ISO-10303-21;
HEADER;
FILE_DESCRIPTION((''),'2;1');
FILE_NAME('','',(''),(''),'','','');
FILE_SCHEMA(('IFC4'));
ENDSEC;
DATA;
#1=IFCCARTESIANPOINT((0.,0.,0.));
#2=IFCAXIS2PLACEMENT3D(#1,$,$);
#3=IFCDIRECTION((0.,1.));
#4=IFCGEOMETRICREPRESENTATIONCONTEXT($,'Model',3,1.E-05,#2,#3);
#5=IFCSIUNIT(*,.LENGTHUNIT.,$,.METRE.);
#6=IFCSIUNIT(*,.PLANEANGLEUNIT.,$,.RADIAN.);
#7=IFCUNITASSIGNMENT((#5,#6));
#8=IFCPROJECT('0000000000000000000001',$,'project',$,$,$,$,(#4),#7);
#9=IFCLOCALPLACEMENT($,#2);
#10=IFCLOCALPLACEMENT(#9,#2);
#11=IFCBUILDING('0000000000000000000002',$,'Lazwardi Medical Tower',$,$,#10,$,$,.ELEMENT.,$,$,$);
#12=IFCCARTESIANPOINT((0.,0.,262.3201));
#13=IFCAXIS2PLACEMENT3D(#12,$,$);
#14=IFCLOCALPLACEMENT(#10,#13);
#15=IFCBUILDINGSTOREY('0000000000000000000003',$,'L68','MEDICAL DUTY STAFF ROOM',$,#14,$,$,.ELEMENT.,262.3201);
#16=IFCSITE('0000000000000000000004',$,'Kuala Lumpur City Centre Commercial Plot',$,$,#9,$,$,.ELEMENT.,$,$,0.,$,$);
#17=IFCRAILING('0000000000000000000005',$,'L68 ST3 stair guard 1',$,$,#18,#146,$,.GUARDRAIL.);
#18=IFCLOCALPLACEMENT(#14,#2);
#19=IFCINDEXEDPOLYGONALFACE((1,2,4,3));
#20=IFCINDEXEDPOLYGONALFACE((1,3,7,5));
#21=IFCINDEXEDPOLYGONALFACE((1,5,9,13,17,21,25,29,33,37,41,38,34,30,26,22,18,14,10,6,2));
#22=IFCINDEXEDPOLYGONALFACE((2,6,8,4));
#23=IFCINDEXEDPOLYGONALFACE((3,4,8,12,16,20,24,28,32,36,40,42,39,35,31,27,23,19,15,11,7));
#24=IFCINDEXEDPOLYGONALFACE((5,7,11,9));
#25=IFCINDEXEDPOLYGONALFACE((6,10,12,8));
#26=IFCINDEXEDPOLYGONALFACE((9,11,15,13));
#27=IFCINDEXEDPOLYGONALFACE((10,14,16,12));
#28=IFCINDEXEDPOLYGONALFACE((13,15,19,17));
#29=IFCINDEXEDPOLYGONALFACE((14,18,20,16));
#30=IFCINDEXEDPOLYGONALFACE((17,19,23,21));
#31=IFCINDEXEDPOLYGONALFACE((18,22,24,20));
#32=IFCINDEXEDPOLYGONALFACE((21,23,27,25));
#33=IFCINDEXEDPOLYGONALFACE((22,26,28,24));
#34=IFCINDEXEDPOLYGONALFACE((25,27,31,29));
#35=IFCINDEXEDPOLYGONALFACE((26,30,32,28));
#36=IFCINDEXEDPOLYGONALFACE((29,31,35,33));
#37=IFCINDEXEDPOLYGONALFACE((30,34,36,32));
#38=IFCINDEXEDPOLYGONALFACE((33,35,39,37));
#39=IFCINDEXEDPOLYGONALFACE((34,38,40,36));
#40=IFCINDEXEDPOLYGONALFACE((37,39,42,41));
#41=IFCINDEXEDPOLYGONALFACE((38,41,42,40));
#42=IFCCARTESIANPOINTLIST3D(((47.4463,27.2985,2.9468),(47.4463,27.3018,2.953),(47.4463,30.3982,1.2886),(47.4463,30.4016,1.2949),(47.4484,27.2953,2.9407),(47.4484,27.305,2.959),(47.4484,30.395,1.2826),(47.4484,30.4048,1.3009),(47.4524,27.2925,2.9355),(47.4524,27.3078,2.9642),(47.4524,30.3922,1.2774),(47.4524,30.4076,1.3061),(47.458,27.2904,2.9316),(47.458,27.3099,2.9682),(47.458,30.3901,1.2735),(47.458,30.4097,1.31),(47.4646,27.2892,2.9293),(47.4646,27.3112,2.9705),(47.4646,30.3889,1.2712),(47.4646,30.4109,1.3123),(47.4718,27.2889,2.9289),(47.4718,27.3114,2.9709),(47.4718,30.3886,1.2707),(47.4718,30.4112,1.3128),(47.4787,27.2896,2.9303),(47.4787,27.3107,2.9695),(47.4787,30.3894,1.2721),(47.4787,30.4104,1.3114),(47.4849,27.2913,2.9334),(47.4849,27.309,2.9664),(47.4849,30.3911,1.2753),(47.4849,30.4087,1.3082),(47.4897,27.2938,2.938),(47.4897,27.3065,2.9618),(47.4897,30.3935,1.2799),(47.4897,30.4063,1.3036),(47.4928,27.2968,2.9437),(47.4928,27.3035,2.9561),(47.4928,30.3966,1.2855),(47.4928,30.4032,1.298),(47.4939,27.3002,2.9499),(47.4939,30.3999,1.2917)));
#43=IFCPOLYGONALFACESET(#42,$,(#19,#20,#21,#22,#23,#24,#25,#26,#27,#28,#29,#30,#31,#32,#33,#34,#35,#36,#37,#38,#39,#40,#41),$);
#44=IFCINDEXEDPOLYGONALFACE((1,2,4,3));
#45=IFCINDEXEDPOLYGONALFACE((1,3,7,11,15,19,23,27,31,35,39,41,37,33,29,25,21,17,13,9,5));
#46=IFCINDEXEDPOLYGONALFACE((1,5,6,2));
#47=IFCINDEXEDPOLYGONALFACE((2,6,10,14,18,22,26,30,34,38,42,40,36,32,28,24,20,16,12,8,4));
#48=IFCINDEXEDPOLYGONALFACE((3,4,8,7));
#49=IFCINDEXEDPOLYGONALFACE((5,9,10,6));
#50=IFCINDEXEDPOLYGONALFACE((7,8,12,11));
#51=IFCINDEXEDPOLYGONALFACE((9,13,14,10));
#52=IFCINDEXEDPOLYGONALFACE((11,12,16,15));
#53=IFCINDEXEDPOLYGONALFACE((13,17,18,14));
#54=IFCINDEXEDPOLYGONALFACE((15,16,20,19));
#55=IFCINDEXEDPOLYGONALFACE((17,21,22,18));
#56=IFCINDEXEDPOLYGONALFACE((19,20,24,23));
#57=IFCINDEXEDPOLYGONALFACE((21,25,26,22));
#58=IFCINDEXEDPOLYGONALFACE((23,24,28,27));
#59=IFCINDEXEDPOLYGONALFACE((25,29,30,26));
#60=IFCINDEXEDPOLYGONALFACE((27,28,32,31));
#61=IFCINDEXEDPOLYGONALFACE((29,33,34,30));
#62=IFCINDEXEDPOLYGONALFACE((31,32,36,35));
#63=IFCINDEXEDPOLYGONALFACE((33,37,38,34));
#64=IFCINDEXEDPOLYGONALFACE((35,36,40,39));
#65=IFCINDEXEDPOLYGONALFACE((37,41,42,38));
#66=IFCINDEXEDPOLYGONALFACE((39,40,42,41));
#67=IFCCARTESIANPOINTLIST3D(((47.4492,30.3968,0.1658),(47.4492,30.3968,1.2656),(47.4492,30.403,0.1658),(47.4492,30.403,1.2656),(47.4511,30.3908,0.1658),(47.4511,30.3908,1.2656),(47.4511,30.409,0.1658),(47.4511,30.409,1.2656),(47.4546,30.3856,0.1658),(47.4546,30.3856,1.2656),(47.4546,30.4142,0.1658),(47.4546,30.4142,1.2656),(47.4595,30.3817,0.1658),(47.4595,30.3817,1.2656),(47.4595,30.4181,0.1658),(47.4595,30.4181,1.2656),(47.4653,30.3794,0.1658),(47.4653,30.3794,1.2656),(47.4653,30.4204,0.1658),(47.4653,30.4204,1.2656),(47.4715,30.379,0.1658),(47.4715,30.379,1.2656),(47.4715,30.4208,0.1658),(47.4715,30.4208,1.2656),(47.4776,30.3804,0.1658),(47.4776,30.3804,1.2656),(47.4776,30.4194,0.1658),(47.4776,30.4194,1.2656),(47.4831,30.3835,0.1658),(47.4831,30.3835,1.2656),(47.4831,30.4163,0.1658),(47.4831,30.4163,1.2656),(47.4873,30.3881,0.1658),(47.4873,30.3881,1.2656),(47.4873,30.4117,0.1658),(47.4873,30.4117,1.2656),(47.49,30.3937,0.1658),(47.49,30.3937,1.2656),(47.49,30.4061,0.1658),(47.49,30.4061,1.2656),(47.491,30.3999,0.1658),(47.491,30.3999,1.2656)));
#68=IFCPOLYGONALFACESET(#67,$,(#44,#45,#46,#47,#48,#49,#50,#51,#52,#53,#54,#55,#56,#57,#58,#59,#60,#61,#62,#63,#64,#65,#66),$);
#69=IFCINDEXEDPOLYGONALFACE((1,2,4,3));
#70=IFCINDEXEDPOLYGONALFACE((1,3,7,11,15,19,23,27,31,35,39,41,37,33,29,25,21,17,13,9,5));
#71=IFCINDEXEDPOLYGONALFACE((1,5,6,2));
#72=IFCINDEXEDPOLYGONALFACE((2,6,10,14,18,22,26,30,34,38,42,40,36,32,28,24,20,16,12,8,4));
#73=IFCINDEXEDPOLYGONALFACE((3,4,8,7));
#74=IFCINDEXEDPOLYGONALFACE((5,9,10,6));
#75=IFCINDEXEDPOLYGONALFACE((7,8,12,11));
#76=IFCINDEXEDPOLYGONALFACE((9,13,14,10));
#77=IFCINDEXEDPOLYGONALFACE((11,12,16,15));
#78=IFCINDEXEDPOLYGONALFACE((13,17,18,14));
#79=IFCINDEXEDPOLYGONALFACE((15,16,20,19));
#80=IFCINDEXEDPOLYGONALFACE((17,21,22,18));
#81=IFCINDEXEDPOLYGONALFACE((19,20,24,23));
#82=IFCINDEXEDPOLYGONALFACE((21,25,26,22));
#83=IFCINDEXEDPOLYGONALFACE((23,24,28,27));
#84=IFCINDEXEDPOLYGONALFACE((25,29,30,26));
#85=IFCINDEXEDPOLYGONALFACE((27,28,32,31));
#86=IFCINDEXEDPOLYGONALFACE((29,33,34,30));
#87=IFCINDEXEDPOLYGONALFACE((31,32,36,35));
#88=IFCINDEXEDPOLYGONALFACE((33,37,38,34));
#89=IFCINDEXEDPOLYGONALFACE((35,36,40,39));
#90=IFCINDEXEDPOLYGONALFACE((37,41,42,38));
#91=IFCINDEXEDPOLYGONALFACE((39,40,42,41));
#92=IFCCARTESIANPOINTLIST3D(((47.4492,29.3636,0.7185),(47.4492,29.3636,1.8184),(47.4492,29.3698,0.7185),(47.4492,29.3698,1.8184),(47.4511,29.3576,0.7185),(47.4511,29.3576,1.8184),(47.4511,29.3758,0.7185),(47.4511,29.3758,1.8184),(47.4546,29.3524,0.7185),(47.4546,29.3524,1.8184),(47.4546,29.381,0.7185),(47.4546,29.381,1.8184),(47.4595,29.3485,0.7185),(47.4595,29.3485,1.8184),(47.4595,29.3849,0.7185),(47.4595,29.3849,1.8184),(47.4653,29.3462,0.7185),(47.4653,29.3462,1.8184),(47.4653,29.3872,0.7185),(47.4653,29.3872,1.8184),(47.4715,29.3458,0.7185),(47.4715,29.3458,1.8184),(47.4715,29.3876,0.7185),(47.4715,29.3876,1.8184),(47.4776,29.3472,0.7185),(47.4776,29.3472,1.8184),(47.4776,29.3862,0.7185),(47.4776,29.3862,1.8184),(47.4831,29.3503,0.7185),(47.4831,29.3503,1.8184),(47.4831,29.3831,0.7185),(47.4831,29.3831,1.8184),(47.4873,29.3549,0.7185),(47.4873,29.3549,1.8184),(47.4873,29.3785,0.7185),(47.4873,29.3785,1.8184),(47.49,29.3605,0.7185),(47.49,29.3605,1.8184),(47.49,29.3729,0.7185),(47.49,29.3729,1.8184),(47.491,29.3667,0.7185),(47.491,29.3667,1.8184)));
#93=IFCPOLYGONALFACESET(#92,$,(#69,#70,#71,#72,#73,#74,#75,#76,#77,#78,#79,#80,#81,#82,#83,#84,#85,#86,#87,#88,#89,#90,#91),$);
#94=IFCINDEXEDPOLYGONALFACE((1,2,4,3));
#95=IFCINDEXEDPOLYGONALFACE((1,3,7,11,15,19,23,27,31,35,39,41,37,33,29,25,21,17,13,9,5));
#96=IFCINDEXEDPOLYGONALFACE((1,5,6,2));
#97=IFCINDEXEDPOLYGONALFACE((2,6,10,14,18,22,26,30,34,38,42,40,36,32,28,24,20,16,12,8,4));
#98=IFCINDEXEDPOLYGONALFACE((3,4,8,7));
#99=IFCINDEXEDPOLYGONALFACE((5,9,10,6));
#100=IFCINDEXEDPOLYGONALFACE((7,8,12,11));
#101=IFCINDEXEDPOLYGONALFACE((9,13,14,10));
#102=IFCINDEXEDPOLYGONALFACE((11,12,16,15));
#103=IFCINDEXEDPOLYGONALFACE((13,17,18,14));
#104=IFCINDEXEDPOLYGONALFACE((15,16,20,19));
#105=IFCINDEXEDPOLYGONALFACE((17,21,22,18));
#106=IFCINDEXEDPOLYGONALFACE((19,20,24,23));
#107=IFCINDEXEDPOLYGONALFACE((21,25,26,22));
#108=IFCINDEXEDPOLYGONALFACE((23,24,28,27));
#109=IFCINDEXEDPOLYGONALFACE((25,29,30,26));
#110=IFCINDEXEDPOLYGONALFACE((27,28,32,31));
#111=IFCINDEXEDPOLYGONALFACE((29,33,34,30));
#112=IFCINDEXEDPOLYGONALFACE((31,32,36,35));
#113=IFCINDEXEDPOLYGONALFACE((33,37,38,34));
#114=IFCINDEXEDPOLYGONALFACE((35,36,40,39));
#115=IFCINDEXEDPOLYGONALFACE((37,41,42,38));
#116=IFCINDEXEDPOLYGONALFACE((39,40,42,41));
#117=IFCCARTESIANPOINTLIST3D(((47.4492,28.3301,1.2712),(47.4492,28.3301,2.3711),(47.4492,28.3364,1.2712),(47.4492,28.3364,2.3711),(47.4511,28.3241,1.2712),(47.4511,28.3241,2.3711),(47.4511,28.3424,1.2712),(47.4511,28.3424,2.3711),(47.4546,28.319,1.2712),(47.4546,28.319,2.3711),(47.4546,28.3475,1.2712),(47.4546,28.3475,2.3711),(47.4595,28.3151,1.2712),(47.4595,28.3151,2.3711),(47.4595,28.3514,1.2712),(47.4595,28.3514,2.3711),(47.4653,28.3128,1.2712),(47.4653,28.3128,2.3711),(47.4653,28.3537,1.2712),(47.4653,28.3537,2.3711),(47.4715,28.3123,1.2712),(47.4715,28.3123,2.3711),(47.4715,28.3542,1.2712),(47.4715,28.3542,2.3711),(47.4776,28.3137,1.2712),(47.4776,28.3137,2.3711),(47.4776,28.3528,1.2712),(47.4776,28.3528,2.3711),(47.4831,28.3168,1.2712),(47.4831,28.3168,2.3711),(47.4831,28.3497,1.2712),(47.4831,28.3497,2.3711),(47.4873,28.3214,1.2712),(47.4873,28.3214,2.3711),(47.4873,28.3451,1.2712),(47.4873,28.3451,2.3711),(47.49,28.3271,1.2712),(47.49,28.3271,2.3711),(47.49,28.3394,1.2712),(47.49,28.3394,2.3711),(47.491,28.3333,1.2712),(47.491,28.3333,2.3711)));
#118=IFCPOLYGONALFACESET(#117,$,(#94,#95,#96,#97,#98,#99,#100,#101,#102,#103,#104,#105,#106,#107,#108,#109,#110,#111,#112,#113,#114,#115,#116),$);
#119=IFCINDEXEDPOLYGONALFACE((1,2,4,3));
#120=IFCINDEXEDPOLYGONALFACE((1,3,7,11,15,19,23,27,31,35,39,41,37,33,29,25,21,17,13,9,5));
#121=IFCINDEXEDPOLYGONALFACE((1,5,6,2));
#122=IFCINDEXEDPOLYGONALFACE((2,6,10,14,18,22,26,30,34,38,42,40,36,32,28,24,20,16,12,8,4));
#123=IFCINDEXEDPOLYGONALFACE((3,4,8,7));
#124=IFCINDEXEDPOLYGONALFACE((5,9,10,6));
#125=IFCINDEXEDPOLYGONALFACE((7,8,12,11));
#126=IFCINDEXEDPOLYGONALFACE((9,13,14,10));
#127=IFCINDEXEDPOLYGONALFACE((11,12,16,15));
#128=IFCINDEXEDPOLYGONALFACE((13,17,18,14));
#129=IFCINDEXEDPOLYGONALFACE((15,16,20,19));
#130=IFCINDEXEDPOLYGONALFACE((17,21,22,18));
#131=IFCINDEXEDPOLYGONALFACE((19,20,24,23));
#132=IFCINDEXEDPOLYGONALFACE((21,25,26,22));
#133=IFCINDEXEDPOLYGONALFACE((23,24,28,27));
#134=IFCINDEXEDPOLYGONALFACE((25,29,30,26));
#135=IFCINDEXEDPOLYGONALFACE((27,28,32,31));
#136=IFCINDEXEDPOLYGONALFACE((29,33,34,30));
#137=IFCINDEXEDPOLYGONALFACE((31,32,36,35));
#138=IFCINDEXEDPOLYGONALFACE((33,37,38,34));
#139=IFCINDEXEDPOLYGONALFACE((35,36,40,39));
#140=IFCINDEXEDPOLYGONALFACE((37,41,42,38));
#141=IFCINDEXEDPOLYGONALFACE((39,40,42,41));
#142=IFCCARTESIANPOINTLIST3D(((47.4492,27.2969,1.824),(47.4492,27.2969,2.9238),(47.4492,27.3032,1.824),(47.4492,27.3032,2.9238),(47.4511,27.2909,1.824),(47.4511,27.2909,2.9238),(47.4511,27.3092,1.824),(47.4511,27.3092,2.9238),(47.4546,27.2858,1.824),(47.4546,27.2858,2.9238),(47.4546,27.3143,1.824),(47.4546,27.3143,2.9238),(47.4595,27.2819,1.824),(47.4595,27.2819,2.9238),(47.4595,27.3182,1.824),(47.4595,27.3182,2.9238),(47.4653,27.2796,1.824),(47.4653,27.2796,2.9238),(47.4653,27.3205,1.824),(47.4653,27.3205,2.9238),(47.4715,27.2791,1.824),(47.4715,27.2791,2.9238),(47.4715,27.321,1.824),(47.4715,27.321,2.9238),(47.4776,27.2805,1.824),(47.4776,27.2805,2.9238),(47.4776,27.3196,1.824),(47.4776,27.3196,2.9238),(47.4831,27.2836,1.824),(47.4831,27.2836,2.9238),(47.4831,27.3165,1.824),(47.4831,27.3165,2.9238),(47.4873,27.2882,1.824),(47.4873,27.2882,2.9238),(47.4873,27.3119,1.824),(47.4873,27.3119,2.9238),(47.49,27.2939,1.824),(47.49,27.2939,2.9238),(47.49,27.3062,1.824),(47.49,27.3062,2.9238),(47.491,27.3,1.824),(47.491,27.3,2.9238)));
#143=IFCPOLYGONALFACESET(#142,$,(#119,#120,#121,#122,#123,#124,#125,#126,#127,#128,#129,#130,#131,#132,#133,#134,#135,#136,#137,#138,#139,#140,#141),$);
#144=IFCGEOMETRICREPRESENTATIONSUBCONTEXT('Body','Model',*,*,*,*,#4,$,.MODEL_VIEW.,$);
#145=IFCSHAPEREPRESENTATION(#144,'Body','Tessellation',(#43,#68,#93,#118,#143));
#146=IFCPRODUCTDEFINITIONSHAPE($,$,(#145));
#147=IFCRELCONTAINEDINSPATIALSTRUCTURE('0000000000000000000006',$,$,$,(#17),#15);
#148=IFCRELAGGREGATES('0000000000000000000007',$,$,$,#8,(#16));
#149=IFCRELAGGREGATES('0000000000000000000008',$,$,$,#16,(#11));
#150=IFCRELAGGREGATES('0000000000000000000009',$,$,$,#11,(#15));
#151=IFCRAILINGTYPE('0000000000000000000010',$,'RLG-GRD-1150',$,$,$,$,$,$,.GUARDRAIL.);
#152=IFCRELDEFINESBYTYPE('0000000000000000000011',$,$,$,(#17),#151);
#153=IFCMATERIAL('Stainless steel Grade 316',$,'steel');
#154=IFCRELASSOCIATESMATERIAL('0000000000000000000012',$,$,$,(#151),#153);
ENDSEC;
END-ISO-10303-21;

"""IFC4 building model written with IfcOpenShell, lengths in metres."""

from ifc_helpers import new_model, si_unit, direction, frame, origin, origin_2d, place, context, subcontext, project, spatial, circle, extrude, material, type_object, element, save


model = new_model("IFC4")

# Units and contexts
model_context = context("Model", 3, precision=1e-05, world=origin(), true_north=direction((0.0, 1.0)))
body_context = subcontext(model_context, "Body", "Model", "MODEL_VIEW")
ifc_project = project(units=[si_unit("LENGTHUNIT", "METRE"), si_unit("PLANEANGLEUNIT", "RADIAN")], contexts=[model_context])

# Site, building, storey
site_placement = place(None, origin())
site = spatial("IfcSite", under=ifc_project, at=site_placement, Name="Kuala Lumpur City Centre Commercial Plot", CompositionType="ELEMENT", RefElevation=0.0)
building_placement = place(site_placement, origin())
building = spatial("IfcBuilding", under=site, at=building_placement, Name="Lazwardi Medical Tower", CompositionType="ELEMENT")
storey_placement = place(building_placement, frame((0.0, 0.0, 262.3201)))
storey = spatial("IfcBuildingStorey", under=building, at=storey_placement, Name="L68", Description="MEDICAL DUTY STAFF ROOM", CompositionType="ELEMENT", Elevation=262.3201)

# Railing
ifc_material_1 = material(Name="Stainless steel Grade 316", Category="steel")
railing_type = type_object("IfcRailingType", Name="RLG-GRD-1150", PredefinedType="GUARDRAIL", material=ifc_material_1)
railing_1_placement = place(storey_placement, frame((47.47, 30.3999, 0.1658)))
element("IfcRailing", 1, at=railing_1_placement, inside=storey, type_object=railing_type, Name="L68 ST3 stair guard 1", PredefinedType="GUARDRAIL", context=body_context, shape_type="SweptSolid", body=[
    extrude(circle(Radius=0.0239, at=origin_2d()), frame((0.0, 0.0, 1.126), z_axis=(0.0, -0.881768, 0.471684), x_axis=(1.0, 0.0, 0.0)), (0.0, 0.0, 1.0), 3.5154),
    extrude(circle(Radius=0.021, at=origin_2d()), origin(), (0.0, 0.0, 1.0), 1.0999),
    extrude(circle(Radius=0.021, at=origin_2d()), frame((0.0, -1.0332, 0.5527)), (0.0, 0.0, 1.0), 1.0999),
    extrude(circle(Radius=0.021, at=origin_2d()), frame((0.0, -2.0667, 1.1055)), (0.0, 0.0, 1.0), 1.0999),
    extrude(circle(Radius=0.021, at=origin_2d()), frame((0.0, -3.0999, 1.6582)), (0.0, 0.0, 1.0), 1.0999),
])

save(model, "model.ifc")
